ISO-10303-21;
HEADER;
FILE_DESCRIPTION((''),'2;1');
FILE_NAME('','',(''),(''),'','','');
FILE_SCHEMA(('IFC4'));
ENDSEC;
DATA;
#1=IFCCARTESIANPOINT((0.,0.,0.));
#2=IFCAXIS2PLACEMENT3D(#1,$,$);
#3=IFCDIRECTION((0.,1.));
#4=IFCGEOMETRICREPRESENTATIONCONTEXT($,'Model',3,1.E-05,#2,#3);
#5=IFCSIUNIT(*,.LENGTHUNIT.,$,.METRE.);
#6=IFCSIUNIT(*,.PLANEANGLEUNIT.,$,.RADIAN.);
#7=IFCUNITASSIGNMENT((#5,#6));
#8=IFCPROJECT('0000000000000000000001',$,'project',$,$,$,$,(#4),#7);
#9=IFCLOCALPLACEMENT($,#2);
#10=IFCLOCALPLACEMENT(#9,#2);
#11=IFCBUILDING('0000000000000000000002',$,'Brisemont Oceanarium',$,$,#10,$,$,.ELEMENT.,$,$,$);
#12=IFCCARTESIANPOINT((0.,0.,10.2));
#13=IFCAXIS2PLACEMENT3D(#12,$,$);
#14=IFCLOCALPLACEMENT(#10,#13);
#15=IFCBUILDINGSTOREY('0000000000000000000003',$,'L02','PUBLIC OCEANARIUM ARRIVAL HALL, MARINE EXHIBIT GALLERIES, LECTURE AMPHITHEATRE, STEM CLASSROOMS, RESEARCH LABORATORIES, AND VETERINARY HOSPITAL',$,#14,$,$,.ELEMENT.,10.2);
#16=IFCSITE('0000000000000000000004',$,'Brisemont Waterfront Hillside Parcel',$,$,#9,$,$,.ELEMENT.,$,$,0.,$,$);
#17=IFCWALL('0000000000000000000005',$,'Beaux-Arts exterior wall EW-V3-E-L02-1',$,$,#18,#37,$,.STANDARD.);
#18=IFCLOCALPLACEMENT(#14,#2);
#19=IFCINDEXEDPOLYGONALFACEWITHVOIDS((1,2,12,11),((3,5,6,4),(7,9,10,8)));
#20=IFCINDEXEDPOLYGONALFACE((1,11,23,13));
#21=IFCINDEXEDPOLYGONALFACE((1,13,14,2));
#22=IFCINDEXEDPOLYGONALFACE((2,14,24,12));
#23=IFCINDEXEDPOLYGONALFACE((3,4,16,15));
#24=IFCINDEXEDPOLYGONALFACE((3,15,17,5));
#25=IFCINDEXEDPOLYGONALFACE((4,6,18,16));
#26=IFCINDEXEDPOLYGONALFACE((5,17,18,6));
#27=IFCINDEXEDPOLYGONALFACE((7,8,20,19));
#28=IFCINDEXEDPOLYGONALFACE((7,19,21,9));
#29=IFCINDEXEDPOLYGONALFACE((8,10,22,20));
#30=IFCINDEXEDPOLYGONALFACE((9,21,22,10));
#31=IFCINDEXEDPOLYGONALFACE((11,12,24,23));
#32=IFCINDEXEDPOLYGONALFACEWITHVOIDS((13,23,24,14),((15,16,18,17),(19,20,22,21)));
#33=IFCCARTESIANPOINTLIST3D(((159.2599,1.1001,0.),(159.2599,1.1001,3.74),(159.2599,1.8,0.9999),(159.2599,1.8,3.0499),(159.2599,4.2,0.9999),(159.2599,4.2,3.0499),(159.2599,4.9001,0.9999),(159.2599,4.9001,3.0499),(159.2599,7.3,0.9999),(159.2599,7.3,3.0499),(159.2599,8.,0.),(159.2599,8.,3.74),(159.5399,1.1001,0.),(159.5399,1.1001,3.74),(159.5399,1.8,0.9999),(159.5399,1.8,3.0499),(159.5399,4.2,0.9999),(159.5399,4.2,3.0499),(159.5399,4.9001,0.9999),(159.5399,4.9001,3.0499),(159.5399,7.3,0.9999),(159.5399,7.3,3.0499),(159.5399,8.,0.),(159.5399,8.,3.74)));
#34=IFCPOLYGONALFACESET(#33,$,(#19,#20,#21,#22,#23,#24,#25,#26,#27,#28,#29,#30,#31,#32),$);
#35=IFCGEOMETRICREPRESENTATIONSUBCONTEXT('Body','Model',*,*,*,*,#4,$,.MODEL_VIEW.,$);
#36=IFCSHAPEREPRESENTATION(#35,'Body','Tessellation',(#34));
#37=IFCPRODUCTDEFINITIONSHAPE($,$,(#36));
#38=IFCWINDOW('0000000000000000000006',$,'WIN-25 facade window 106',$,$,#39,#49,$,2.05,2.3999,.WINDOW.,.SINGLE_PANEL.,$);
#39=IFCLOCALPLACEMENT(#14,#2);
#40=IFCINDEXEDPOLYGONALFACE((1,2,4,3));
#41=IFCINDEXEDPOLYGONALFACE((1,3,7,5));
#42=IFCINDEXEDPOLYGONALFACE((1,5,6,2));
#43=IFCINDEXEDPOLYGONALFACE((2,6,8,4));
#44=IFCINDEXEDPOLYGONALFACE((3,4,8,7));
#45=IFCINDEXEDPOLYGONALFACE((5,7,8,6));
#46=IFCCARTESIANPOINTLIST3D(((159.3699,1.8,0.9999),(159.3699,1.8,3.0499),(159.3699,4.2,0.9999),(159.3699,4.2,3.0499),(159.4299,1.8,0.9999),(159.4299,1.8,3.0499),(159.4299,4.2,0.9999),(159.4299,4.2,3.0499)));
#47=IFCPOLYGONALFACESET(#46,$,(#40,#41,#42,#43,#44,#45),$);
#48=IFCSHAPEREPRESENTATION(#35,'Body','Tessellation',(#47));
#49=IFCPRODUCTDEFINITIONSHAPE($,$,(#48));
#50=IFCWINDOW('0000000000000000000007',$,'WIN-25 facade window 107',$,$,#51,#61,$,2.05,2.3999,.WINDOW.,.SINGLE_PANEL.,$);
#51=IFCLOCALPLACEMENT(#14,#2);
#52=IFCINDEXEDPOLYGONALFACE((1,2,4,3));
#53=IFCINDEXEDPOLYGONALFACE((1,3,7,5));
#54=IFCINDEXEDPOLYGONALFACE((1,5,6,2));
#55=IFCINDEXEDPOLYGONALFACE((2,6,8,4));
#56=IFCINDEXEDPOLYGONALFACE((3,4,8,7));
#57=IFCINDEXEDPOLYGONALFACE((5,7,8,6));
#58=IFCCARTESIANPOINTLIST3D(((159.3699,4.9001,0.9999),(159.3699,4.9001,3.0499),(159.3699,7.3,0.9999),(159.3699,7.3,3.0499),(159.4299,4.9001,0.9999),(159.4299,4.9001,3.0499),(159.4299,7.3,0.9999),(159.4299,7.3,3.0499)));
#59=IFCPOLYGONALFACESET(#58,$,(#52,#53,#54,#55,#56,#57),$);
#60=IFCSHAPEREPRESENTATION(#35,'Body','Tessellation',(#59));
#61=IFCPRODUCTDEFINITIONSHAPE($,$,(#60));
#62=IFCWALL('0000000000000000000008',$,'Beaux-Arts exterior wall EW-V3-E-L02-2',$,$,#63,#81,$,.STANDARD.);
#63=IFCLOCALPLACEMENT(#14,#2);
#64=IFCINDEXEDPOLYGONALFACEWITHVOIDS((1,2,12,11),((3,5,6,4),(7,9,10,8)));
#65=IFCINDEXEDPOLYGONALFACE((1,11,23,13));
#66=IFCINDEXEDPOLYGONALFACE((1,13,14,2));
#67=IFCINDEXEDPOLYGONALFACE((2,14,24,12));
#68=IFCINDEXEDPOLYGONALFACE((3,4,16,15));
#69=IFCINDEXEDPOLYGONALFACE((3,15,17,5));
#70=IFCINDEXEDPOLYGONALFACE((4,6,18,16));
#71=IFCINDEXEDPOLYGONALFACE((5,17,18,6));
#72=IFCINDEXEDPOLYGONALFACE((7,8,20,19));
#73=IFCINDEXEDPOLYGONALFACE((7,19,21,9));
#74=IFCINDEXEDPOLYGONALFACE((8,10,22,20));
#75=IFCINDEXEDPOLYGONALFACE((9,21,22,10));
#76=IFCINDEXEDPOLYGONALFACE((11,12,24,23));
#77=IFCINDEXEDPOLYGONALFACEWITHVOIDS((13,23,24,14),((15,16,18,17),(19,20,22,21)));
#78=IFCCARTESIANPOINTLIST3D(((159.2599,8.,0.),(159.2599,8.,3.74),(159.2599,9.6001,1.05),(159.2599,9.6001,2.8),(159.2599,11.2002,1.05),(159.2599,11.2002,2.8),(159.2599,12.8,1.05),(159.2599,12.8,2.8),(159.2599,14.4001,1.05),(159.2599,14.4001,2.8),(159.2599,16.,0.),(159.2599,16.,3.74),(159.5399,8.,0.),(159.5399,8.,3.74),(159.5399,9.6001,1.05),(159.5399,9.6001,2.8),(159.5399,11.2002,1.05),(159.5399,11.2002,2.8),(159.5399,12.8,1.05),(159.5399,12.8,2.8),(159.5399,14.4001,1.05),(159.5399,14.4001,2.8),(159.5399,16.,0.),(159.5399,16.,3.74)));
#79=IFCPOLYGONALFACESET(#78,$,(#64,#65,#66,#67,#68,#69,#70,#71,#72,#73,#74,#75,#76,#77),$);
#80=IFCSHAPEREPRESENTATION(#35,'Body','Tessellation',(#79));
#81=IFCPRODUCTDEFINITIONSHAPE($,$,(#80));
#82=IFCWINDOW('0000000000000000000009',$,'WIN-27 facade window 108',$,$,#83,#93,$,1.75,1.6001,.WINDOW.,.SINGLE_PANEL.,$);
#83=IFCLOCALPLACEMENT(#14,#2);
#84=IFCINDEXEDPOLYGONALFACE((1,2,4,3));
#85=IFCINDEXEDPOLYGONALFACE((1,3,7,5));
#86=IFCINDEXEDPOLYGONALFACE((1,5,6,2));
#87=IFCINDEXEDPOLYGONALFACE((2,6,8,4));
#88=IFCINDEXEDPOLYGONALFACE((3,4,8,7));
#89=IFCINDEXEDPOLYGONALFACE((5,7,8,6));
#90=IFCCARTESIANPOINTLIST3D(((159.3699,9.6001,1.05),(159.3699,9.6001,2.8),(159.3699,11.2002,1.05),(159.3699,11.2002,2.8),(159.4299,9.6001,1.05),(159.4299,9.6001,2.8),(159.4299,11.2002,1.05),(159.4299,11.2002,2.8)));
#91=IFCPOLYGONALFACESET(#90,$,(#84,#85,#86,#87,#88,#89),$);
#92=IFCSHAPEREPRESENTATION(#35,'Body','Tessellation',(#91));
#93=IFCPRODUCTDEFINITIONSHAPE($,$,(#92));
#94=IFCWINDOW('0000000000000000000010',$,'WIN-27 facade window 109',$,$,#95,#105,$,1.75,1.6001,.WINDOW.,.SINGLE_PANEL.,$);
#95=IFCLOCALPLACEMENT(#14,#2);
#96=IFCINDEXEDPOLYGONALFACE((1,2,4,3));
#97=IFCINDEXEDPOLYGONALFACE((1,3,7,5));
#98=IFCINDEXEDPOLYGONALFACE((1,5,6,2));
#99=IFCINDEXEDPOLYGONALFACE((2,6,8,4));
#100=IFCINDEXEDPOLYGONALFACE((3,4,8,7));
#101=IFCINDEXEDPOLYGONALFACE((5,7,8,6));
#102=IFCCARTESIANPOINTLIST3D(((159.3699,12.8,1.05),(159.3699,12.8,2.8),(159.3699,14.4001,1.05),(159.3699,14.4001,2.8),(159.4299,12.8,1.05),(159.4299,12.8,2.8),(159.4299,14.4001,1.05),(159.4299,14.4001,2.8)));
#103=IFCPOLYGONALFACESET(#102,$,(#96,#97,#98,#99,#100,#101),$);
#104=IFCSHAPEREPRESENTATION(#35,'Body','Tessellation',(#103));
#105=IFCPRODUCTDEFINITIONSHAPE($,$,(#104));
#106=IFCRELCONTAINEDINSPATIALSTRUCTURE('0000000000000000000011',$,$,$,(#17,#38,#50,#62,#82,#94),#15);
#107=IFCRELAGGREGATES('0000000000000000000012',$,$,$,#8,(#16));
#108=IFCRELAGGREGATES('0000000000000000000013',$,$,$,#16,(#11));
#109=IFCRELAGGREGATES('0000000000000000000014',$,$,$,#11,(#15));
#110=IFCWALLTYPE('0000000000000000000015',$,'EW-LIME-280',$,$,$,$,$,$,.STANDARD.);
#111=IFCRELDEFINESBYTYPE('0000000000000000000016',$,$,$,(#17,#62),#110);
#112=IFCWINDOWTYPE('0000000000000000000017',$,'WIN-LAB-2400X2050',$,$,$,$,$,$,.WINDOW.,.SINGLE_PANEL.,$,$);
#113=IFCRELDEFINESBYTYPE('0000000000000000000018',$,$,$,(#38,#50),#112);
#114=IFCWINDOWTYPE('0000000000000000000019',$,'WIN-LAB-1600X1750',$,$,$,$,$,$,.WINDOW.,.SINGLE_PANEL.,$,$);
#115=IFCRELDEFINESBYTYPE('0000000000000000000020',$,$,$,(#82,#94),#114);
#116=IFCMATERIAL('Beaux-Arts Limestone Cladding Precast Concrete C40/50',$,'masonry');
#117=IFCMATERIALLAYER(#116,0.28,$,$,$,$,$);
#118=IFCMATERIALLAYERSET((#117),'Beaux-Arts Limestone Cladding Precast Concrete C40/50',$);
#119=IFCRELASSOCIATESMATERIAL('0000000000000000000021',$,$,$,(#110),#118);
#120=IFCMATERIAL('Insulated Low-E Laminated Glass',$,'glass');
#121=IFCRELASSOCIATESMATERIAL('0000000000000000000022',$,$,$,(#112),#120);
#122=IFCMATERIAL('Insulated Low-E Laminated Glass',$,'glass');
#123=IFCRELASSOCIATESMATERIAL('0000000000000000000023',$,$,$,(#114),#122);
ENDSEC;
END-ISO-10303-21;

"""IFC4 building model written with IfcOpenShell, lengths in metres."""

from ifc_helpers import new_model, si_unit, direction, frame, frame_2d, origin, place, context, subcontext, project, spatial, rectangle, extrude, material, layer, layer_set, type_object, element, fill, save


model = new_model("IFC4")

# Units and contexts
model_context = context("Model", 3, precision=1e-05, world=origin(), true_north=direction((0.0, 1.0)))
body_context = subcontext(model_context, "Body", "Model", "MODEL_VIEW")
ifc_project = project(units=[si_unit("LENGTHUNIT", "METRE"), si_unit("PLANEANGLEUNIT", "RADIAN")], contexts=[model_context])

# Site, building, storey
site_placement = place(None, origin())
site = spatial("IfcSite", under=ifc_project, at=site_placement, Name="Brisemont Waterfront Hillside Parcel", CompositionType="ELEMENT", RefElevation=0.0)
building_placement = place(site_placement, origin())
building = spatial("IfcBuilding", under=site, at=building_placement, Name="Brisemont Oceanarium", CompositionType="ELEMENT")
storey_placement = place(building_placement, frame((0.0, 0.0, 10.2)))
storey = spatial("IfcBuildingStorey", under=building, at=storey_placement, Name="L02", Description="PUBLIC OCEANARIUM ARRIVAL HALL, MARINE EXHIBIT GALLERIES, LECTURE AMPHITHEATRE, STEM CLASSROOMS, RESEARCH LABORATORIES, AND VETERINARY HOSPITAL", CompositionType="ELEMENT", Elevation=10.2)

# Walls, openings, windows
ifc_material_1 = material(Name="Beaux-Arts Limestone Cladding Precast Concrete C40/50", Category="masonry")
ifc_layer_1 = layer(ifc_material_1, 0.28)
ifc_layer_set_1 = layer_set([ifc_layer_1], Name="Beaux-Arts Limestone Cladding Precast Concrete C40/50")
wall_type = type_object("IfcWallType", Name="EW-LIME-280", PredefinedType="STANDARD", material=ifc_layer_set_1)
wall_1_placement = place(storey_placement, frame((159.3999, 1.1001, 0.0), z_axis=(0.0, 0.0, 1.0), x_axis=(0.0, 1.0, 0.0)))
wall_1 = element("IfcWall", 1, at=wall_1_placement, inside=storey, type_object=wall_type, Name="Beaux-Arts exterior wall EW-V3-E-L02-1", PredefinedType="STANDARD", context=body_context, shape_type="SweptSolid", body=[
    extrude(rectangle(XDim=6.8999, YDim=0.28, at=frame_2d((3.45, 0.0))), origin(), (0.0, 0.0, 1.0), 3.74),
])
opening_1_placement = place(wall_1_placement, frame((0.7, 0.0, 1.0)))
opening_1 = element("IfcOpeningElement", 2, at=opening_1_placement, cuts=wall_1, PredefinedType="OPENING", context=body_context, shape_type="SweptSolid", body=[
    extrude(rectangle(XDim=2.3999, YDim=2.05, at=frame_2d((1.2, 1.0249))), frame((0.0, 0.1499, 0.0), z_axis=(0.0, -1.0, 0.0), x_axis=(1.0, 0.0, 0.0)), (0.0, 0.0, 1.0), 0.3),
])
opening_2_placement = place(wall_1_placement, frame((3.8, 0.0, 1.0)))
opening_2 = element("IfcOpeningElement", 3, at=opening_2_placement, cuts=wall_1, PredefinedType="OPENING", context=body_context, shape_type="SweptSolid", body=[
    extrude(rectangle(XDim=2.3999, YDim=2.05, at=frame_2d((1.2, 1.0249))), frame((0.0, 0.1499, 0.0), z_axis=(0.0, -1.0, 0.0), x_axis=(1.0, 0.0, 0.0)), (0.0, 0.0, 1.0), 0.3),
])
ifc_material_2 = material(Name="Insulated Low-E Laminated Glass", Category="glass")
window_type_1 = type_object("IfcWindowType", Name="WIN-LAB-2400X2050", PartitioningType="SINGLE_PANEL", PredefinedType="WINDOW", material=ifc_material_2)
window_1_placement = place(opening_1_placement, origin())
window_1 = element("IfcWindow", 4, at=window_1_placement, inside=storey, type_object=window_type_1, Name="WIN-25 facade window 106", OverallHeight=2.05, OverallWidth=2.3999, PartitioningType="SINGLE_PANEL", PredefinedType="WINDOW", context=body_context, shape_type="SweptSolid", body=[
    extrude(rectangle(XDim=2.3999, YDim=2.05, at=frame_2d((1.2, 1.0249))), frame((0.0, 0.03, 0.0), z_axis=(0.0, -1.0, 0.0), x_axis=(1.0, 0.0, 0.0)), (0.0, 0.0, 1.0), 0.0601),
])
fill(opening_1, window_1)
window_2_placement = place(opening_2_placement, origin())
window_2 = element("IfcWindow", 5, at=window_2_placement, inside=storey, type_object=window_type_1, Name="WIN-25 facade window 107", OverallHeight=2.05, OverallWidth=2.3999, PartitioningType="SINGLE_PANEL", PredefinedType="WINDOW", context=body_context, shape_type="SweptSolid", body=[
    extrude(rectangle(XDim=2.3999, YDim=2.05, at=frame_2d((1.2, 1.0249))), frame((0.0, 0.03, 0.0), z_axis=(0.0, -1.0, 0.0), x_axis=(1.0, 0.0, 0.0)), (0.0, 0.0, 1.0), 0.0601),
])
fill(opening_2, window_2)
wall_2_placement = place(storey_placement, frame((159.3999, 8.0, 0.0), z_axis=(0.0, 0.0, 1.0), x_axis=(0.0, 1.0, 0.0)))
wall_2 = element("IfcWall", 6, at=wall_2_placement, inside=storey, type_object=wall_type, Name="Beaux-Arts exterior wall EW-V3-E-L02-2", PredefinedType="STANDARD", context=body_context, shape_type="SweptSolid", body=[
    extrude(rectangle(XDim=8.0, YDim=0.28, at=frame_2d((4.0, 0.0))), origin(), (0.0, 0.0, 1.0), 3.74),
])
opening_3_placement = place(wall_2_placement, frame((1.6001, 0.0, 1.05)))
opening_3 = element("IfcOpeningElement", 7, at=opening_3_placement, cuts=wall_2, PredefinedType="OPENING", context=body_context, shape_type="SweptSolid", body=[
    extrude(rectangle(XDim=1.6001, YDim=1.75, at=frame_2d((0.8, 0.875))), frame((0.0, 0.1499, 0.0), z_axis=(0.0, -1.0, 0.0), x_axis=(1.0, 0.0, 0.0)), (0.0, 0.0, 1.0), 0.3),
])
opening_4_placement = place(wall_2_placement, frame((4.8, 0.0, 1.05)))
opening_4 = element("IfcOpeningElement", 8, at=opening_4_placement, cuts=wall_2, PredefinedType="OPENING", context=body_context, shape_type="SweptSolid", body=[
    extrude(rectangle(XDim=1.6001, YDim=1.75, at=frame_2d((0.8, 0.875))), frame((0.0, 0.1499, 0.0), z_axis=(0.0, -1.0, 0.0), x_axis=(1.0, 0.0, 0.0)), (0.0, 0.0, 1.0), 0.3),
])
ifc_material_3 = material(Name="Insulated Low-E Laminated Glass", Category="glass")
window_type_2 = type_object("IfcWindowType", Name="WIN-LAB-1600X1750", PartitioningType="SINGLE_PANEL", PredefinedType="WINDOW", material=ifc_material_3)
window_3_placement = place(opening_3_placement, origin())
window_3 = element("IfcWindow", 9, at=window_3_placement, inside=storey, type_object=window_type_2, Name="WIN-27 facade window 108", OverallHeight=1.75, OverallWidth=1.6001, PartitioningType="SINGLE_PANEL", PredefinedType="WINDOW", context=body_context, shape_type="SweptSolid", body=[
    extrude(rectangle(XDim=1.6001, YDim=1.75, at=frame_2d((0.8, 0.875))), frame((0.0, 0.03, 0.0), z_axis=(0.0, -1.0, 0.0), x_axis=(1.0, 0.0, 0.0)), (0.0, 0.0, 1.0), 0.0601),
])
fill(opening_3, window_3)
window_4_placement = place(opening_4_placement, origin())
window_4 = element("IfcWindow", 10, at=window_4_placement, inside=storey, type_object=window_type_2, Name="WIN-27 facade window 109", OverallHeight=1.75, OverallWidth=1.6001, PartitioningType="SINGLE_PANEL", PredefinedType="WINDOW", context=body_context, shape_type="SweptSolid", body=[
    extrude(rectangle(XDim=1.6001, YDim=1.75, at=frame_2d((0.8, 0.875))), frame((0.0, 0.03, 0.0), z_axis=(0.0, -1.0, 0.0), x_axis=(1.0, 0.0, 0.0)), (0.0, 0.0, 1.0), 0.0601),
])
fill(opening_4, window_4)

save(model, "model.ifc")
